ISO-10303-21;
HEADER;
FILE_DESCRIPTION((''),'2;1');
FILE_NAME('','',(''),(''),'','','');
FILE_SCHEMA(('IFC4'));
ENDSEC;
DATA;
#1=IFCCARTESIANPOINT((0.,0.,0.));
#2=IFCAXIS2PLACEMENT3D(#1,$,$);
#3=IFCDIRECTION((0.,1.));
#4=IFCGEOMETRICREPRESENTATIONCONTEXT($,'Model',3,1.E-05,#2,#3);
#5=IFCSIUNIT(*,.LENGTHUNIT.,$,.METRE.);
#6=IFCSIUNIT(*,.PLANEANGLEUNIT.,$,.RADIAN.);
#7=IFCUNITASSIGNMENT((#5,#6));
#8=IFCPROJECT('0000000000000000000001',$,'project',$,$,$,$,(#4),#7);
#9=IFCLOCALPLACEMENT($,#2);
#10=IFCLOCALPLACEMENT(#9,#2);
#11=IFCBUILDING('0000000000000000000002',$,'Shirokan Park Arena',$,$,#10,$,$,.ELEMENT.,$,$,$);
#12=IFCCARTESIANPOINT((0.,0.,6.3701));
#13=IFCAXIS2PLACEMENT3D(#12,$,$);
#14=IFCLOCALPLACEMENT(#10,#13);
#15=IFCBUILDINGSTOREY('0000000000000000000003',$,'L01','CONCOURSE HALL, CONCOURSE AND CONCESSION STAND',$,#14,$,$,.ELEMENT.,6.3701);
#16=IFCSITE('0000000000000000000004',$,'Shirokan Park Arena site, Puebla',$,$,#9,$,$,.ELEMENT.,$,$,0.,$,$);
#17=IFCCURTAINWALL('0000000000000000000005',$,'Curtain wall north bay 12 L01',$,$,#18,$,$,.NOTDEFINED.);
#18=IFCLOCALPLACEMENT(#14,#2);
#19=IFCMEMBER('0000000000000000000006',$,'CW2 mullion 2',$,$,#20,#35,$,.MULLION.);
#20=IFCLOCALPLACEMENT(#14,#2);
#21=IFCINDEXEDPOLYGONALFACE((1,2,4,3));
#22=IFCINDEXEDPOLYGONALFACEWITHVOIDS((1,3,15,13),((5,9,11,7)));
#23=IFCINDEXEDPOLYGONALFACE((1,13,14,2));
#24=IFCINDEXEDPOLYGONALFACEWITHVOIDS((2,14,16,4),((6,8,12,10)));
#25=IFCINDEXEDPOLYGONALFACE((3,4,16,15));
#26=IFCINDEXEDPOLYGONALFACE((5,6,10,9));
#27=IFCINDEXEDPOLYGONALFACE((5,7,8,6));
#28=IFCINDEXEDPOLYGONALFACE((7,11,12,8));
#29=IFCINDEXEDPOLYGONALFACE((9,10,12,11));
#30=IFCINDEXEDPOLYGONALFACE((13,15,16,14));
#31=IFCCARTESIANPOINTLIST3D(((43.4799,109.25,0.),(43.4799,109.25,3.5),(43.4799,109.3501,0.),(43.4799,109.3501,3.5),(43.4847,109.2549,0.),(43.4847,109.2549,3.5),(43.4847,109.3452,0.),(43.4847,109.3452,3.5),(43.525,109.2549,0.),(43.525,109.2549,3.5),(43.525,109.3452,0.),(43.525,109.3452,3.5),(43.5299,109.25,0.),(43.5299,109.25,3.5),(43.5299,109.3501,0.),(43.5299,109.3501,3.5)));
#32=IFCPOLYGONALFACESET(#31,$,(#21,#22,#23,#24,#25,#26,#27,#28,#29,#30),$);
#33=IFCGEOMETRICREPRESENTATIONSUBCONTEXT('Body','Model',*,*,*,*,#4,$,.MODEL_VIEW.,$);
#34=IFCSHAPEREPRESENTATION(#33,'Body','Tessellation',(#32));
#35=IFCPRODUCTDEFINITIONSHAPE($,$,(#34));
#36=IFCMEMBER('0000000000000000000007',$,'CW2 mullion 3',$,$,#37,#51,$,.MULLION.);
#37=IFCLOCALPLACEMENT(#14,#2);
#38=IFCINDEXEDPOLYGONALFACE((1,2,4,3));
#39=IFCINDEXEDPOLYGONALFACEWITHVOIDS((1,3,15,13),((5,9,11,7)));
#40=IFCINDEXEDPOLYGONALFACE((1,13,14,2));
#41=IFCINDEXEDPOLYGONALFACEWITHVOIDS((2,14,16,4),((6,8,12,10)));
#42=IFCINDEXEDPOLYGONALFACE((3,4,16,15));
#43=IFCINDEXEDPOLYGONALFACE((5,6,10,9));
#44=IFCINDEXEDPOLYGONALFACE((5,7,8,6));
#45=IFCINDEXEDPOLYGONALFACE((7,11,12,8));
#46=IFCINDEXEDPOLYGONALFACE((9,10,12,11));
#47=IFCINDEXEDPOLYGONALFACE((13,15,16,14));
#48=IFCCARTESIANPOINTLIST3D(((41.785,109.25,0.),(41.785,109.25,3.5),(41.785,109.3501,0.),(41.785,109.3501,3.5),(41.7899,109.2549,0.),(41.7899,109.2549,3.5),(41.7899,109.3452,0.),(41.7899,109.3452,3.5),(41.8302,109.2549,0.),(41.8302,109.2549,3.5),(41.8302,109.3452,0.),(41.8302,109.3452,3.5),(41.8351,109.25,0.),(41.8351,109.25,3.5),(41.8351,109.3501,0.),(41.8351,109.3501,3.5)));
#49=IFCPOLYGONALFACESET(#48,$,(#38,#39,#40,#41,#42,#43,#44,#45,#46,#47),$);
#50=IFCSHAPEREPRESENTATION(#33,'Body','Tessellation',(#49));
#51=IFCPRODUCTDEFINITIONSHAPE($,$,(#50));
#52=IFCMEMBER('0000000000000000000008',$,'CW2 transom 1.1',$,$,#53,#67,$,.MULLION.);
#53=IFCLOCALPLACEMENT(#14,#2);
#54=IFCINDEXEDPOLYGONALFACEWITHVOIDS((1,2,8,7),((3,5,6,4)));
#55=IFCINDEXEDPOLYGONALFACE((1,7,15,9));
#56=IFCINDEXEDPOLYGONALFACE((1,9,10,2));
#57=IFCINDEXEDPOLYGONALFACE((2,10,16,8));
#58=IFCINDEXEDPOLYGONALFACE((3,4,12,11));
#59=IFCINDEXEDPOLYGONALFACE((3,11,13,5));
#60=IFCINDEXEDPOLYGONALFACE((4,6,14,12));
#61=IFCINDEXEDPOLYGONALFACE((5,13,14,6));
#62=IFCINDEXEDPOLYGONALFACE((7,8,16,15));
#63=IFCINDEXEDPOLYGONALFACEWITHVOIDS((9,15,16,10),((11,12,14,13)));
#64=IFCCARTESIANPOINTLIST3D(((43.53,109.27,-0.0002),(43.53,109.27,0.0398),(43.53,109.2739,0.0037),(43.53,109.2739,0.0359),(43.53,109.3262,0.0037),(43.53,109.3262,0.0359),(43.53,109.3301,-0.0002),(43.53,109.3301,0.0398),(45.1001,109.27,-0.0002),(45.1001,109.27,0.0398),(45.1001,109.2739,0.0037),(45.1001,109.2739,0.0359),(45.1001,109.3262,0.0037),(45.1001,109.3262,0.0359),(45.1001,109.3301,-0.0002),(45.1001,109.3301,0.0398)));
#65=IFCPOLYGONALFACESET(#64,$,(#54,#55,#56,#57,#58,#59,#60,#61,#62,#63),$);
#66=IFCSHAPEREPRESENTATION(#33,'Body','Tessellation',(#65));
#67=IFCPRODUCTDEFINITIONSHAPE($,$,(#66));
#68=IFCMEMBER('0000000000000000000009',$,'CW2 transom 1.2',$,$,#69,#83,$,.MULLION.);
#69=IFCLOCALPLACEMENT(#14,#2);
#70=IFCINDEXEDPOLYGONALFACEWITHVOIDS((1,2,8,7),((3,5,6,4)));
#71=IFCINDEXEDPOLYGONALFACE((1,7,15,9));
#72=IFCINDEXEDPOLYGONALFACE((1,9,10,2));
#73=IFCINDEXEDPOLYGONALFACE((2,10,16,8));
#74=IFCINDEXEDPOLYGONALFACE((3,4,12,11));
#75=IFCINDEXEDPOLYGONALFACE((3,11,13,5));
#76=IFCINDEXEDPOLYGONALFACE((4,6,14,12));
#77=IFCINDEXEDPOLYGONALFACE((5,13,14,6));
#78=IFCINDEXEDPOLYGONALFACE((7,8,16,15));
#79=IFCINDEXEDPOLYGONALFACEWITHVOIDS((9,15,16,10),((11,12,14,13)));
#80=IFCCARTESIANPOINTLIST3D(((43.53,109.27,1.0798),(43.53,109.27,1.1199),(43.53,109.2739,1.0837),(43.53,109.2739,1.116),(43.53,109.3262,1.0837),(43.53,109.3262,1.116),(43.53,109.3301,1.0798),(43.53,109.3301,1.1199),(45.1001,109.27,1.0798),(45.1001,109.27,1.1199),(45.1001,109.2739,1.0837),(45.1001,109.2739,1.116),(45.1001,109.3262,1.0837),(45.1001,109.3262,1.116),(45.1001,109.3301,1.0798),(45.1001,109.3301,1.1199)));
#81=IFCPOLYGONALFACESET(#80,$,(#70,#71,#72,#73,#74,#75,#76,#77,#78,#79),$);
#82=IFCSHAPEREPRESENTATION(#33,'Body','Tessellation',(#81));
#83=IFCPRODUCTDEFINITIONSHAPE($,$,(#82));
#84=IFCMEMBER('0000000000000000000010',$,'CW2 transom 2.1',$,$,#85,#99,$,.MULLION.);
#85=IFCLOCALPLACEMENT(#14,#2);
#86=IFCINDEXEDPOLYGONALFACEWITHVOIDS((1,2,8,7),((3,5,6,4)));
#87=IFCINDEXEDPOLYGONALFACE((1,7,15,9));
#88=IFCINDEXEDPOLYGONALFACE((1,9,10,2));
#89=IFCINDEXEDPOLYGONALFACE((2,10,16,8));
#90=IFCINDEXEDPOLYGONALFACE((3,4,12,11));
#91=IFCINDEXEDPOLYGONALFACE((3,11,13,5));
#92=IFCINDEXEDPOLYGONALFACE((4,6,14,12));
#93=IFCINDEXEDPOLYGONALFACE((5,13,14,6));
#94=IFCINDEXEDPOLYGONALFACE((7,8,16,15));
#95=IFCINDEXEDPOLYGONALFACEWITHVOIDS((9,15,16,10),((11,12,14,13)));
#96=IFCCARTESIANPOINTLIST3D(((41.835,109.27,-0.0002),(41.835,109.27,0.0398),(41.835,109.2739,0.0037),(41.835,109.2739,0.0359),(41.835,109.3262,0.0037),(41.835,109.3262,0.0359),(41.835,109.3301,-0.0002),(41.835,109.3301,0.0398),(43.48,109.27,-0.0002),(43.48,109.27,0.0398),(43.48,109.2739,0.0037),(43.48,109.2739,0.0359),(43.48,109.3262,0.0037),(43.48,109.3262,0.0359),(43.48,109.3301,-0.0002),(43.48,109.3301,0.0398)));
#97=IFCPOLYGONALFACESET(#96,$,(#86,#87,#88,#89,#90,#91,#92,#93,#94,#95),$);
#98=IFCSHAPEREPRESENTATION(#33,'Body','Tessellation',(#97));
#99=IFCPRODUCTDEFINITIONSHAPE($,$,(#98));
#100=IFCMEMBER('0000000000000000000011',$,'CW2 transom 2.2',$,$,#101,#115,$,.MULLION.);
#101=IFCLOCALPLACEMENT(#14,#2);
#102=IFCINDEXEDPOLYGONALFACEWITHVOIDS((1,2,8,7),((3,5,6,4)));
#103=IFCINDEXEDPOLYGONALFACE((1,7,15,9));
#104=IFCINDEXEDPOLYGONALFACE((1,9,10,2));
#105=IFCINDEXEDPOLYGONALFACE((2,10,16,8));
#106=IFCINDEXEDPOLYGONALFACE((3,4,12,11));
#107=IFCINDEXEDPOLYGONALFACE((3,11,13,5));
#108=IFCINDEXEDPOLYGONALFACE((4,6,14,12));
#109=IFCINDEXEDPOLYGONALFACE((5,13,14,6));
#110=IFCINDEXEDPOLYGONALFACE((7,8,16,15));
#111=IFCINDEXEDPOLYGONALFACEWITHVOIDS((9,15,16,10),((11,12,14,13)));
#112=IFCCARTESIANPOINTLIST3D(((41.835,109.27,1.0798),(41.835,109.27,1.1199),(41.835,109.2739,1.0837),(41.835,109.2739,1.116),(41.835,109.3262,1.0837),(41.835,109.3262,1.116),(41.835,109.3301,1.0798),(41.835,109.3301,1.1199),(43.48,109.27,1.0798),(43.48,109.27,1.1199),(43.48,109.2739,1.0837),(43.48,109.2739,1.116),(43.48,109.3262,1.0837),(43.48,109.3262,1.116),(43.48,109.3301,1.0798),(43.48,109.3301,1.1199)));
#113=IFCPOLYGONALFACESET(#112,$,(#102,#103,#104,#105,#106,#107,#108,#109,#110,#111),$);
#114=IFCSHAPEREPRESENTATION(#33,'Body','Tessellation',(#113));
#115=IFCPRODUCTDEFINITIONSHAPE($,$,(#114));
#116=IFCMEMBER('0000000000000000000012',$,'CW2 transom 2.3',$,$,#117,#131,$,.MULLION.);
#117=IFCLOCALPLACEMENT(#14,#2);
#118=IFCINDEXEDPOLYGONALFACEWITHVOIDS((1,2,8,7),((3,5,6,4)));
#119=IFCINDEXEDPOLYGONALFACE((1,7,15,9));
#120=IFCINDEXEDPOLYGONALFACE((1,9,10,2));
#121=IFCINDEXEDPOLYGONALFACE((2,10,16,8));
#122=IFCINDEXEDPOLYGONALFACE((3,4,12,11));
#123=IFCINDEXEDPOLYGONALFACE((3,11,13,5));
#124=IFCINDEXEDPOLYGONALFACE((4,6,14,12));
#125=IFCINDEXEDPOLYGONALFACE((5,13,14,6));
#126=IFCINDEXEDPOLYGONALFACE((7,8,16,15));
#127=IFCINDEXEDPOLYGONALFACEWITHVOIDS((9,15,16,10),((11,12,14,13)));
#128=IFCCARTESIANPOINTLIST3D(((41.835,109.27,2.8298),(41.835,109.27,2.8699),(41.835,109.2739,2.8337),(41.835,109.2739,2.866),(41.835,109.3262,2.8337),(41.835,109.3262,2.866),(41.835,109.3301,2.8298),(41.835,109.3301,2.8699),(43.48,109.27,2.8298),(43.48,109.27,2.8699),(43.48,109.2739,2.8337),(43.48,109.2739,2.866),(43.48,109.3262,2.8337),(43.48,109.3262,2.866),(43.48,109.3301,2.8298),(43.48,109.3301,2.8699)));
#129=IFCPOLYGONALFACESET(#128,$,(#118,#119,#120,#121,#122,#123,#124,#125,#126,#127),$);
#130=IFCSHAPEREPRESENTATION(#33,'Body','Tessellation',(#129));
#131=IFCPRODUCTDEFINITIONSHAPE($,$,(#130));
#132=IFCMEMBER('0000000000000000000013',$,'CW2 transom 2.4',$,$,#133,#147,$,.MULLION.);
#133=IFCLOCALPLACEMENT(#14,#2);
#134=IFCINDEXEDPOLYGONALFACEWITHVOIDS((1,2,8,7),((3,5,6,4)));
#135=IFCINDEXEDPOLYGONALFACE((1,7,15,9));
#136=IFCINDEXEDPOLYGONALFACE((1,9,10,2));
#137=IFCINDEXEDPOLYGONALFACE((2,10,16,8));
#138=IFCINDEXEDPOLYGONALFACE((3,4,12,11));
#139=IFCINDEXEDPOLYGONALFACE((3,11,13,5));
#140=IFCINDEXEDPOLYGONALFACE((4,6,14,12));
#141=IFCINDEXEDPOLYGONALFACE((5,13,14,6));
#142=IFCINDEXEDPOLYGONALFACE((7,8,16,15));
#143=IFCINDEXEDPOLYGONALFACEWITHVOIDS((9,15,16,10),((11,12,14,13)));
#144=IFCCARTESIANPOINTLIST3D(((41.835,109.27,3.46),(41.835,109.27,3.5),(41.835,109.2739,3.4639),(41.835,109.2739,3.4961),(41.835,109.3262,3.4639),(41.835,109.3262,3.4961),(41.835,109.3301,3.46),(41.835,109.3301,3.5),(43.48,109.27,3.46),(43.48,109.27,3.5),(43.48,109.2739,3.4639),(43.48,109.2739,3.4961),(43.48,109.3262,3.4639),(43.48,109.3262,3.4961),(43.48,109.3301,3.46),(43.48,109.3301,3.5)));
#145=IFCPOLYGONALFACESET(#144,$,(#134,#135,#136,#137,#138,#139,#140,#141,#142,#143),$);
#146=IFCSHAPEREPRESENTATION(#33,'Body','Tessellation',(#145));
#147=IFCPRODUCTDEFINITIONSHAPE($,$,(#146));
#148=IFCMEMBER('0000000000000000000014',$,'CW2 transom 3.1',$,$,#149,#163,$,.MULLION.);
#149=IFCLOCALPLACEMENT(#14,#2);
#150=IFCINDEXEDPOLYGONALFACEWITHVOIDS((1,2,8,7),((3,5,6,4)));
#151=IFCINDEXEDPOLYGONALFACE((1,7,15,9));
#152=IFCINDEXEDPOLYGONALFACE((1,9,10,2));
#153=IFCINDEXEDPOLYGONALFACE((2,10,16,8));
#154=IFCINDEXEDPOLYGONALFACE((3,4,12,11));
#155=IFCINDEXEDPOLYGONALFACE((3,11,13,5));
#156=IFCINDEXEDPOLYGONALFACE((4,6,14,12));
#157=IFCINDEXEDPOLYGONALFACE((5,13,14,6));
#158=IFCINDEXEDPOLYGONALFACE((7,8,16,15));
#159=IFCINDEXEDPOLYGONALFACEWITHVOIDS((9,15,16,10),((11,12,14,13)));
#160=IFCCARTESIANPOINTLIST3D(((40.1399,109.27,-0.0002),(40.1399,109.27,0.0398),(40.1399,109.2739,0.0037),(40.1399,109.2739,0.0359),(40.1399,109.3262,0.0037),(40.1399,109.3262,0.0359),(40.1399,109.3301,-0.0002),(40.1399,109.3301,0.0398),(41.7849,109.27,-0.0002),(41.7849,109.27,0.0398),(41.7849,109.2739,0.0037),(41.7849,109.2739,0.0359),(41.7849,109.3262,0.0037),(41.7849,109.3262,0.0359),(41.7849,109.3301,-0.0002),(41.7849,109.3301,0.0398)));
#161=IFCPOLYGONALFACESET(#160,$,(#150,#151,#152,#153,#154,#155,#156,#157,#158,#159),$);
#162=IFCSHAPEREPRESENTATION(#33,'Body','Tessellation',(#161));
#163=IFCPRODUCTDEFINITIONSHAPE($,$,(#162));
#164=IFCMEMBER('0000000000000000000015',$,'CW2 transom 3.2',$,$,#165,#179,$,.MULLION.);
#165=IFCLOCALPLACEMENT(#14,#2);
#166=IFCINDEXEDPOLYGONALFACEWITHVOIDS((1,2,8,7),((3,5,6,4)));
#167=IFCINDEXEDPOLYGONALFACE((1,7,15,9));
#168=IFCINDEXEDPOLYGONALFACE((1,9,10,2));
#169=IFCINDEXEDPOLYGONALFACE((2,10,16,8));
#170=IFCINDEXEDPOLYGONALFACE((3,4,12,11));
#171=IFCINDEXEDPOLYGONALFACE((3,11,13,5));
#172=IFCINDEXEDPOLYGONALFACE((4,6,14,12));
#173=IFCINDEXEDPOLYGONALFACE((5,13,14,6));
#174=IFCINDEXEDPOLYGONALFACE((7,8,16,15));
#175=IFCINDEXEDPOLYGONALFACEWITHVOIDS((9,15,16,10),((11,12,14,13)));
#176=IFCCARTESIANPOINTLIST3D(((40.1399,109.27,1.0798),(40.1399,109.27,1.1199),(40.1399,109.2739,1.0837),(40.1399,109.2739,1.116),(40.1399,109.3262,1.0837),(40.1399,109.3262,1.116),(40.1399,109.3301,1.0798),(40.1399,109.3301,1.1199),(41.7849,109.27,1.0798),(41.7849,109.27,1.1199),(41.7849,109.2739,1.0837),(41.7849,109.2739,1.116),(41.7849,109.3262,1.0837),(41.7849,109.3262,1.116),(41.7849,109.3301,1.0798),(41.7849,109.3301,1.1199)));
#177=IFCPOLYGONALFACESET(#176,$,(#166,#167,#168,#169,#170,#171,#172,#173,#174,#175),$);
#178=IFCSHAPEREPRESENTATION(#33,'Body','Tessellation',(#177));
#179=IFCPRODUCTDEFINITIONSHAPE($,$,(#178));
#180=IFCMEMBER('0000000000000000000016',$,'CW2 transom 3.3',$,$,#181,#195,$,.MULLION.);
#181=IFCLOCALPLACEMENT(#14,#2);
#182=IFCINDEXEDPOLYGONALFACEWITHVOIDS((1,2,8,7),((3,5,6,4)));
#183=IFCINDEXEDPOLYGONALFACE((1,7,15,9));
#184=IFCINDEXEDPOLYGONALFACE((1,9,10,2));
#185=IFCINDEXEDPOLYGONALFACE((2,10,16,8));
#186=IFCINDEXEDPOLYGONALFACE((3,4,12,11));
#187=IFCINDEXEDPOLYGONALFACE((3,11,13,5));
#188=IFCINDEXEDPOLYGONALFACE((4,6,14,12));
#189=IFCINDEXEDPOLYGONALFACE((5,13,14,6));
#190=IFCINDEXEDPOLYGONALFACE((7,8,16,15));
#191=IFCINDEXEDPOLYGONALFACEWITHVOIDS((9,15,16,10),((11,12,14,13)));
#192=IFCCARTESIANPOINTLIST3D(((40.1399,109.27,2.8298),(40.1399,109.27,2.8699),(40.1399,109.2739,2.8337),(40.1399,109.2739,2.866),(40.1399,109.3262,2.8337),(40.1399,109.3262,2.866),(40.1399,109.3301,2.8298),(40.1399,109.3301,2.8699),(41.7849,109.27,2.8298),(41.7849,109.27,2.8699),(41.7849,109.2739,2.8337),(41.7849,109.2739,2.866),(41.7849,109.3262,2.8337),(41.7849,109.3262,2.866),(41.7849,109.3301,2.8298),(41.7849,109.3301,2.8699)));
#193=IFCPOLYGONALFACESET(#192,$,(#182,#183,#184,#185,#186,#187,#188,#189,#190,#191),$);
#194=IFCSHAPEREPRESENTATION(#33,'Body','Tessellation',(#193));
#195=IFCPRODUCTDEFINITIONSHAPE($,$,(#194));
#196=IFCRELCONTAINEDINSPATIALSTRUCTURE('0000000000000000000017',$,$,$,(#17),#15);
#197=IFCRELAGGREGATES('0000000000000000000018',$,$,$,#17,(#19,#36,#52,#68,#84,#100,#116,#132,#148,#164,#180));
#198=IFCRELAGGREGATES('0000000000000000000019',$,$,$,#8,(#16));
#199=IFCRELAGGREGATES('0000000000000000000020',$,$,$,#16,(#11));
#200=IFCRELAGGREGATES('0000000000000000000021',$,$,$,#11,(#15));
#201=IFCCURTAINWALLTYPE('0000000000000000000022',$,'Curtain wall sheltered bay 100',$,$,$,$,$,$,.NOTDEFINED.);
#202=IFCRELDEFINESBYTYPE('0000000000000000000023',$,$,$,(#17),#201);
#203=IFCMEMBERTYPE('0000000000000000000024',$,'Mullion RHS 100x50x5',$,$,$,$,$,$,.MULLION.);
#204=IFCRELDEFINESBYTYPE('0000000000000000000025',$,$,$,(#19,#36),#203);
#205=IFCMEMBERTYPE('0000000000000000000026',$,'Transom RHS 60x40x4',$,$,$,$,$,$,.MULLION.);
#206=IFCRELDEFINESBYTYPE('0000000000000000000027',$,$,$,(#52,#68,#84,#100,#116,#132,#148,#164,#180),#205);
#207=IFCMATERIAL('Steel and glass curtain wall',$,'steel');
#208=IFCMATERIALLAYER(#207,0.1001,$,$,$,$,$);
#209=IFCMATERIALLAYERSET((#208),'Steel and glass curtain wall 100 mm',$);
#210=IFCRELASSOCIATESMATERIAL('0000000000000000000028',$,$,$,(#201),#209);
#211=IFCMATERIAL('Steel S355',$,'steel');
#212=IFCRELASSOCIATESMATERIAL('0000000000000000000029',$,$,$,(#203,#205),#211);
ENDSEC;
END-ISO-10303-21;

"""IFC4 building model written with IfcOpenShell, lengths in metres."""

from ifc_helpers import new_model, si_unit, direction, frame, origin, origin_2d, place, context, subcontext, project, spatial, hollow_rectangle, extrude, material, layer, layer_set, material_profile, profile_set, type_object, element, aggregate, save


model = new_model("IFC4")

# Units and contexts
model_context = context("Model", 3, precision=1e-05, world=origin(), true_north=direction((0.0, 1.0)))
body_context = subcontext(model_context, "Body", "Model", "MODEL_VIEW")
ifc_project = project(units=[si_unit("LENGTHUNIT", "METRE"), si_unit("PLANEANGLEUNIT", "RADIAN")], contexts=[model_context])

# Site, building, storey
site_placement = place(None, origin())
site = spatial("IfcSite", under=ifc_project, at=site_placement, Name="Shirokan Park Arena site, Puebla", CompositionType="ELEMENT", RefElevation=0.0)
building_placement = place(site_placement, origin())
building = spatial("IfcBuilding", under=site, at=building_placement, Name="Shirokan Park Arena", CompositionType="ELEMENT")
storey_placement = place(building_placement, frame((0.0, 0.0, 6.3701)))
storey = spatial("IfcBuildingStorey", under=building, at=storey_placement, Name="L01", Description="CONCOURSE HALL, CONCOURSE AND CONCESSION STAND", CompositionType="ELEMENT", Elevation=6.3701)

# Curtain wall, members
ifc_material_1 = material(Name="Steel and glass curtain wall", Category="steel")
ifc_layer_1 = layer(ifc_material_1, 0.1001)
ifc_layer_set_1 = layer_set([ifc_layer_1], Name="Steel and glass curtain wall 100 mm")
curtain_wall_type = type_object("IfcCurtainWallType", Name="Curtain wall sheltered bay 100", PredefinedType="NOTDEFINED", material=ifc_layer_set_1)
curtain_wall_placement = place(storey_placement, origin())
curtain_wall = element("IfcCurtainWall", 1, at=curtain_wall_placement, inside=storey, type_object=curtain_wall_type, Name="Curtain wall north bay 12 L01", PredefinedType="NOTDEFINED")
ifc_material_2 = material(Name="Steel S355", Category="steel")
ifc_material_profile_1 = material_profile(ifc_material_2, hollow_rectangle(XDim=0.1001, YDim=0.05, WallThickness=0.0049, at=origin_2d()), Name="RHS 100x50x5")
ifc_profile_set_1 = profile_set([ifc_material_profile_1], Name="Steel S355")
member_type_1 = type_object("IfcMemberType", Name="Mullion RHS 100x50x5", PredefinedType="MULLION", material=ifc_profile_set_1)
member_1_placement = place(storey_placement, frame((43.5049, 109.3, 0.0), z_axis=(0.0, 0.0, 1.0), x_axis=(0.0, -1.0, 0.0)))
member_1 = element("IfcMember", 2, at=member_1_placement, type_object=member_type_1, Name="CW2 mullion 2", PredefinedType="MULLION", context=body_context, shape_type="SweptSolid", body=[
    extrude(hollow_rectangle(XDim=0.1001, YDim=0.05, WallThickness=0.0049, at=origin_2d()), origin(), (0.0, 0.0, 1.0), 3.5),
])
member_2_placement = place(storey_placement, frame((41.8101, 109.3, 0.0), z_axis=(0.0, 0.0, 1.0), x_axis=(0.0, -1.0, 0.0)))
member_2 = element("IfcMember", 3, at=member_2_placement, type_object=member_type_1, Name="CW2 mullion 3", PredefinedType="MULLION", context=body_context, shape_type="SweptSolid", body=[
    extrude(hollow_rectangle(XDim=0.1001, YDim=0.05, WallThickness=0.0049, at=origin_2d()), origin(), (0.0, 0.0, 1.0), 3.5),
])
ifc_material_profile_2 = material_profile(ifc_material_2, hollow_rectangle(XDim=0.0601, YDim=0.04, WallThickness=0.0039, at=origin_2d()), Name="RHS 60x40x4")
ifc_profile_set_2 = profile_set([ifc_material_profile_2], Name="Steel S355")
member_type_2 = type_object("IfcMemberType", Name="Transom RHS 60x40x4", PredefinedType="MULLION", material=ifc_profile_set_2)
member_3_placement = place(storey_placement, frame((45.1001, 109.3, 0.0198), z_axis=(-1.0, 0.0, 0.0), x_axis=(0.0, -1.0, 0.0)))
member_3 = element("IfcMember", 4, at=member_3_placement, type_object=member_type_2, Name="CW2 transom 1.1", PredefinedType="MULLION", context=body_context, shape_type="SweptSolid", body=[
    extrude(hollow_rectangle(XDim=0.0601, YDim=0.04, WallThickness=0.0039, at=origin_2d()), origin(), (0.0, 0.0, 1.0), 1.5701),
])
member_4_placement = place(storey_placement, frame((45.1001, 109.3, 1.0999), z_axis=(-1.0, 0.0, 0.0), x_axis=(0.0, -1.0, 0.0)))
member_4 = element("IfcMember", 5, at=member_4_placement, type_object=member_type_2, Name="CW2 transom 1.2", PredefinedType="MULLION", context=body_context, shape_type="SweptSolid", body=[
    extrude(hollow_rectangle(XDim=0.0601, YDim=0.04, WallThickness=0.0039, at=origin_2d()), origin(), (0.0, 0.0, 1.0), 1.5701),
])
member_5_placement = place(storey_placement, frame((43.48, 109.3, 0.0198), z_axis=(-1.0, 0.0, 0.0), x_axis=(0.0, -1.0, 0.0)))
member_5 = element("IfcMember", 6, at=member_5_placement, type_object=member_type_2, Name="CW2 transom 2.1", PredefinedType="MULLION", context=body_context, shape_type="SweptSolid", body=[
    extrude(hollow_rectangle(XDim=0.0601, YDim=0.04, WallThickness=0.0039, at=origin_2d()), origin(), (0.0, 0.0, 1.0), 1.645),
])
member_6_placement = place(storey_placement, frame((43.48, 109.3, 1.0999), z_axis=(-1.0, 0.0, 0.0), x_axis=(0.0, -1.0, 0.0)))
member_6 = element("IfcMember", 7, at=member_6_placement, type_object=member_type_2, Name="CW2 transom 2.2", PredefinedType="MULLION", context=body_context, shape_type="SweptSolid", body=[
    extrude(hollow_rectangle(XDim=0.0601, YDim=0.04, WallThickness=0.0039, at=origin_2d()), origin(), (0.0, 0.0, 1.0), 1.645),
])
member_7_placement = place(storey_placement, frame((43.48, 109.3, 2.8499), z_axis=(-1.0, 0.0, 0.0), x_axis=(0.0, -1.0, 0.0)))
member_7 = element("IfcMember", 8, at=member_7_placement, type_object=member_type_2, Name="CW2 transom 2.3", PredefinedType="MULLION", context=body_context, shape_type="SweptSolid", body=[
    extrude(hollow_rectangle(XDim=0.0601, YDim=0.04, WallThickness=0.0039, at=origin_2d()), origin(), (0.0, 0.0, 1.0), 1.645),
])
member_8_placement = place(storey_placement, frame((43.48, 109.3, 3.48), z_axis=(-1.0, 0.0, 0.0), x_axis=(0.0, -1.0, 0.0)))
member_8 = element("IfcMember", 9, at=member_8_placement, type_object=member_type_2, Name="CW2 transom 2.4", PredefinedType="MULLION", context=body_context, shape_type="SweptSolid", body=[
    extrude(hollow_rectangle(XDim=0.0601, YDim=0.04, WallThickness=0.0039, at=origin_2d()), origin(), (0.0, 0.0, 1.0), 1.645),
])
member_9_placement = place(storey_placement, frame((41.7849, 109.3, 0.0198), z_axis=(-1.0, 0.0, 0.0), x_axis=(0.0, -1.0, 0.0)))
member_9 = element("IfcMember", 10, at=member_9_placement, type_object=member_type_2, Name="CW2 transom 3.1", PredefinedType="MULLION", context=body_context, shape_type="SweptSolid", body=[
    extrude(hollow_rectangle(XDim=0.0601, YDim=0.04, WallThickness=0.0039, at=origin_2d()), origin(), (0.0, 0.0, 1.0), 1.645),
])
member_10_placement = place(storey_placement, frame((41.7849, 109.3, 1.0999), z_axis=(-1.0, 0.0, 0.0), x_axis=(0.0, -1.0, 0.0)))
member_10 = element("IfcMember", 11, at=member_10_placement, type_object=member_type_2, Name="CW2 transom 3.2", PredefinedType="MULLION", context=body_context, shape_type="SweptSolid", body=[
    extrude(hollow_rectangle(XDim=0.0601, YDim=0.04, WallThickness=0.0039, at=origin_2d()), origin(), (0.0, 0.0, 1.0), 1.645),
])
member_11_placement = place(storey_placement, frame((41.7849, 109.3, 2.8499), z_axis=(-1.0, 0.0, 0.0), x_axis=(0.0, -1.0, 0.0)))
member_11 = element("IfcMember", 12, at=member_11_placement, type_object=member_type_2, Name="CW2 transom 3.3", PredefinedType="MULLION", context=body_context, shape_type="SweptSolid", body=[
    extrude(hollow_rectangle(XDim=0.0601, YDim=0.04, WallThickness=0.0039, at=origin_2d()), origin(), (0.0, 0.0, 1.0), 1.645),
])
aggregate(curtain_wall, [member_1, member_2, member_3, member_4, member_5, member_6, member_7, member_8, member_9, member_10, member_11])

save(model, "model.ifc")
